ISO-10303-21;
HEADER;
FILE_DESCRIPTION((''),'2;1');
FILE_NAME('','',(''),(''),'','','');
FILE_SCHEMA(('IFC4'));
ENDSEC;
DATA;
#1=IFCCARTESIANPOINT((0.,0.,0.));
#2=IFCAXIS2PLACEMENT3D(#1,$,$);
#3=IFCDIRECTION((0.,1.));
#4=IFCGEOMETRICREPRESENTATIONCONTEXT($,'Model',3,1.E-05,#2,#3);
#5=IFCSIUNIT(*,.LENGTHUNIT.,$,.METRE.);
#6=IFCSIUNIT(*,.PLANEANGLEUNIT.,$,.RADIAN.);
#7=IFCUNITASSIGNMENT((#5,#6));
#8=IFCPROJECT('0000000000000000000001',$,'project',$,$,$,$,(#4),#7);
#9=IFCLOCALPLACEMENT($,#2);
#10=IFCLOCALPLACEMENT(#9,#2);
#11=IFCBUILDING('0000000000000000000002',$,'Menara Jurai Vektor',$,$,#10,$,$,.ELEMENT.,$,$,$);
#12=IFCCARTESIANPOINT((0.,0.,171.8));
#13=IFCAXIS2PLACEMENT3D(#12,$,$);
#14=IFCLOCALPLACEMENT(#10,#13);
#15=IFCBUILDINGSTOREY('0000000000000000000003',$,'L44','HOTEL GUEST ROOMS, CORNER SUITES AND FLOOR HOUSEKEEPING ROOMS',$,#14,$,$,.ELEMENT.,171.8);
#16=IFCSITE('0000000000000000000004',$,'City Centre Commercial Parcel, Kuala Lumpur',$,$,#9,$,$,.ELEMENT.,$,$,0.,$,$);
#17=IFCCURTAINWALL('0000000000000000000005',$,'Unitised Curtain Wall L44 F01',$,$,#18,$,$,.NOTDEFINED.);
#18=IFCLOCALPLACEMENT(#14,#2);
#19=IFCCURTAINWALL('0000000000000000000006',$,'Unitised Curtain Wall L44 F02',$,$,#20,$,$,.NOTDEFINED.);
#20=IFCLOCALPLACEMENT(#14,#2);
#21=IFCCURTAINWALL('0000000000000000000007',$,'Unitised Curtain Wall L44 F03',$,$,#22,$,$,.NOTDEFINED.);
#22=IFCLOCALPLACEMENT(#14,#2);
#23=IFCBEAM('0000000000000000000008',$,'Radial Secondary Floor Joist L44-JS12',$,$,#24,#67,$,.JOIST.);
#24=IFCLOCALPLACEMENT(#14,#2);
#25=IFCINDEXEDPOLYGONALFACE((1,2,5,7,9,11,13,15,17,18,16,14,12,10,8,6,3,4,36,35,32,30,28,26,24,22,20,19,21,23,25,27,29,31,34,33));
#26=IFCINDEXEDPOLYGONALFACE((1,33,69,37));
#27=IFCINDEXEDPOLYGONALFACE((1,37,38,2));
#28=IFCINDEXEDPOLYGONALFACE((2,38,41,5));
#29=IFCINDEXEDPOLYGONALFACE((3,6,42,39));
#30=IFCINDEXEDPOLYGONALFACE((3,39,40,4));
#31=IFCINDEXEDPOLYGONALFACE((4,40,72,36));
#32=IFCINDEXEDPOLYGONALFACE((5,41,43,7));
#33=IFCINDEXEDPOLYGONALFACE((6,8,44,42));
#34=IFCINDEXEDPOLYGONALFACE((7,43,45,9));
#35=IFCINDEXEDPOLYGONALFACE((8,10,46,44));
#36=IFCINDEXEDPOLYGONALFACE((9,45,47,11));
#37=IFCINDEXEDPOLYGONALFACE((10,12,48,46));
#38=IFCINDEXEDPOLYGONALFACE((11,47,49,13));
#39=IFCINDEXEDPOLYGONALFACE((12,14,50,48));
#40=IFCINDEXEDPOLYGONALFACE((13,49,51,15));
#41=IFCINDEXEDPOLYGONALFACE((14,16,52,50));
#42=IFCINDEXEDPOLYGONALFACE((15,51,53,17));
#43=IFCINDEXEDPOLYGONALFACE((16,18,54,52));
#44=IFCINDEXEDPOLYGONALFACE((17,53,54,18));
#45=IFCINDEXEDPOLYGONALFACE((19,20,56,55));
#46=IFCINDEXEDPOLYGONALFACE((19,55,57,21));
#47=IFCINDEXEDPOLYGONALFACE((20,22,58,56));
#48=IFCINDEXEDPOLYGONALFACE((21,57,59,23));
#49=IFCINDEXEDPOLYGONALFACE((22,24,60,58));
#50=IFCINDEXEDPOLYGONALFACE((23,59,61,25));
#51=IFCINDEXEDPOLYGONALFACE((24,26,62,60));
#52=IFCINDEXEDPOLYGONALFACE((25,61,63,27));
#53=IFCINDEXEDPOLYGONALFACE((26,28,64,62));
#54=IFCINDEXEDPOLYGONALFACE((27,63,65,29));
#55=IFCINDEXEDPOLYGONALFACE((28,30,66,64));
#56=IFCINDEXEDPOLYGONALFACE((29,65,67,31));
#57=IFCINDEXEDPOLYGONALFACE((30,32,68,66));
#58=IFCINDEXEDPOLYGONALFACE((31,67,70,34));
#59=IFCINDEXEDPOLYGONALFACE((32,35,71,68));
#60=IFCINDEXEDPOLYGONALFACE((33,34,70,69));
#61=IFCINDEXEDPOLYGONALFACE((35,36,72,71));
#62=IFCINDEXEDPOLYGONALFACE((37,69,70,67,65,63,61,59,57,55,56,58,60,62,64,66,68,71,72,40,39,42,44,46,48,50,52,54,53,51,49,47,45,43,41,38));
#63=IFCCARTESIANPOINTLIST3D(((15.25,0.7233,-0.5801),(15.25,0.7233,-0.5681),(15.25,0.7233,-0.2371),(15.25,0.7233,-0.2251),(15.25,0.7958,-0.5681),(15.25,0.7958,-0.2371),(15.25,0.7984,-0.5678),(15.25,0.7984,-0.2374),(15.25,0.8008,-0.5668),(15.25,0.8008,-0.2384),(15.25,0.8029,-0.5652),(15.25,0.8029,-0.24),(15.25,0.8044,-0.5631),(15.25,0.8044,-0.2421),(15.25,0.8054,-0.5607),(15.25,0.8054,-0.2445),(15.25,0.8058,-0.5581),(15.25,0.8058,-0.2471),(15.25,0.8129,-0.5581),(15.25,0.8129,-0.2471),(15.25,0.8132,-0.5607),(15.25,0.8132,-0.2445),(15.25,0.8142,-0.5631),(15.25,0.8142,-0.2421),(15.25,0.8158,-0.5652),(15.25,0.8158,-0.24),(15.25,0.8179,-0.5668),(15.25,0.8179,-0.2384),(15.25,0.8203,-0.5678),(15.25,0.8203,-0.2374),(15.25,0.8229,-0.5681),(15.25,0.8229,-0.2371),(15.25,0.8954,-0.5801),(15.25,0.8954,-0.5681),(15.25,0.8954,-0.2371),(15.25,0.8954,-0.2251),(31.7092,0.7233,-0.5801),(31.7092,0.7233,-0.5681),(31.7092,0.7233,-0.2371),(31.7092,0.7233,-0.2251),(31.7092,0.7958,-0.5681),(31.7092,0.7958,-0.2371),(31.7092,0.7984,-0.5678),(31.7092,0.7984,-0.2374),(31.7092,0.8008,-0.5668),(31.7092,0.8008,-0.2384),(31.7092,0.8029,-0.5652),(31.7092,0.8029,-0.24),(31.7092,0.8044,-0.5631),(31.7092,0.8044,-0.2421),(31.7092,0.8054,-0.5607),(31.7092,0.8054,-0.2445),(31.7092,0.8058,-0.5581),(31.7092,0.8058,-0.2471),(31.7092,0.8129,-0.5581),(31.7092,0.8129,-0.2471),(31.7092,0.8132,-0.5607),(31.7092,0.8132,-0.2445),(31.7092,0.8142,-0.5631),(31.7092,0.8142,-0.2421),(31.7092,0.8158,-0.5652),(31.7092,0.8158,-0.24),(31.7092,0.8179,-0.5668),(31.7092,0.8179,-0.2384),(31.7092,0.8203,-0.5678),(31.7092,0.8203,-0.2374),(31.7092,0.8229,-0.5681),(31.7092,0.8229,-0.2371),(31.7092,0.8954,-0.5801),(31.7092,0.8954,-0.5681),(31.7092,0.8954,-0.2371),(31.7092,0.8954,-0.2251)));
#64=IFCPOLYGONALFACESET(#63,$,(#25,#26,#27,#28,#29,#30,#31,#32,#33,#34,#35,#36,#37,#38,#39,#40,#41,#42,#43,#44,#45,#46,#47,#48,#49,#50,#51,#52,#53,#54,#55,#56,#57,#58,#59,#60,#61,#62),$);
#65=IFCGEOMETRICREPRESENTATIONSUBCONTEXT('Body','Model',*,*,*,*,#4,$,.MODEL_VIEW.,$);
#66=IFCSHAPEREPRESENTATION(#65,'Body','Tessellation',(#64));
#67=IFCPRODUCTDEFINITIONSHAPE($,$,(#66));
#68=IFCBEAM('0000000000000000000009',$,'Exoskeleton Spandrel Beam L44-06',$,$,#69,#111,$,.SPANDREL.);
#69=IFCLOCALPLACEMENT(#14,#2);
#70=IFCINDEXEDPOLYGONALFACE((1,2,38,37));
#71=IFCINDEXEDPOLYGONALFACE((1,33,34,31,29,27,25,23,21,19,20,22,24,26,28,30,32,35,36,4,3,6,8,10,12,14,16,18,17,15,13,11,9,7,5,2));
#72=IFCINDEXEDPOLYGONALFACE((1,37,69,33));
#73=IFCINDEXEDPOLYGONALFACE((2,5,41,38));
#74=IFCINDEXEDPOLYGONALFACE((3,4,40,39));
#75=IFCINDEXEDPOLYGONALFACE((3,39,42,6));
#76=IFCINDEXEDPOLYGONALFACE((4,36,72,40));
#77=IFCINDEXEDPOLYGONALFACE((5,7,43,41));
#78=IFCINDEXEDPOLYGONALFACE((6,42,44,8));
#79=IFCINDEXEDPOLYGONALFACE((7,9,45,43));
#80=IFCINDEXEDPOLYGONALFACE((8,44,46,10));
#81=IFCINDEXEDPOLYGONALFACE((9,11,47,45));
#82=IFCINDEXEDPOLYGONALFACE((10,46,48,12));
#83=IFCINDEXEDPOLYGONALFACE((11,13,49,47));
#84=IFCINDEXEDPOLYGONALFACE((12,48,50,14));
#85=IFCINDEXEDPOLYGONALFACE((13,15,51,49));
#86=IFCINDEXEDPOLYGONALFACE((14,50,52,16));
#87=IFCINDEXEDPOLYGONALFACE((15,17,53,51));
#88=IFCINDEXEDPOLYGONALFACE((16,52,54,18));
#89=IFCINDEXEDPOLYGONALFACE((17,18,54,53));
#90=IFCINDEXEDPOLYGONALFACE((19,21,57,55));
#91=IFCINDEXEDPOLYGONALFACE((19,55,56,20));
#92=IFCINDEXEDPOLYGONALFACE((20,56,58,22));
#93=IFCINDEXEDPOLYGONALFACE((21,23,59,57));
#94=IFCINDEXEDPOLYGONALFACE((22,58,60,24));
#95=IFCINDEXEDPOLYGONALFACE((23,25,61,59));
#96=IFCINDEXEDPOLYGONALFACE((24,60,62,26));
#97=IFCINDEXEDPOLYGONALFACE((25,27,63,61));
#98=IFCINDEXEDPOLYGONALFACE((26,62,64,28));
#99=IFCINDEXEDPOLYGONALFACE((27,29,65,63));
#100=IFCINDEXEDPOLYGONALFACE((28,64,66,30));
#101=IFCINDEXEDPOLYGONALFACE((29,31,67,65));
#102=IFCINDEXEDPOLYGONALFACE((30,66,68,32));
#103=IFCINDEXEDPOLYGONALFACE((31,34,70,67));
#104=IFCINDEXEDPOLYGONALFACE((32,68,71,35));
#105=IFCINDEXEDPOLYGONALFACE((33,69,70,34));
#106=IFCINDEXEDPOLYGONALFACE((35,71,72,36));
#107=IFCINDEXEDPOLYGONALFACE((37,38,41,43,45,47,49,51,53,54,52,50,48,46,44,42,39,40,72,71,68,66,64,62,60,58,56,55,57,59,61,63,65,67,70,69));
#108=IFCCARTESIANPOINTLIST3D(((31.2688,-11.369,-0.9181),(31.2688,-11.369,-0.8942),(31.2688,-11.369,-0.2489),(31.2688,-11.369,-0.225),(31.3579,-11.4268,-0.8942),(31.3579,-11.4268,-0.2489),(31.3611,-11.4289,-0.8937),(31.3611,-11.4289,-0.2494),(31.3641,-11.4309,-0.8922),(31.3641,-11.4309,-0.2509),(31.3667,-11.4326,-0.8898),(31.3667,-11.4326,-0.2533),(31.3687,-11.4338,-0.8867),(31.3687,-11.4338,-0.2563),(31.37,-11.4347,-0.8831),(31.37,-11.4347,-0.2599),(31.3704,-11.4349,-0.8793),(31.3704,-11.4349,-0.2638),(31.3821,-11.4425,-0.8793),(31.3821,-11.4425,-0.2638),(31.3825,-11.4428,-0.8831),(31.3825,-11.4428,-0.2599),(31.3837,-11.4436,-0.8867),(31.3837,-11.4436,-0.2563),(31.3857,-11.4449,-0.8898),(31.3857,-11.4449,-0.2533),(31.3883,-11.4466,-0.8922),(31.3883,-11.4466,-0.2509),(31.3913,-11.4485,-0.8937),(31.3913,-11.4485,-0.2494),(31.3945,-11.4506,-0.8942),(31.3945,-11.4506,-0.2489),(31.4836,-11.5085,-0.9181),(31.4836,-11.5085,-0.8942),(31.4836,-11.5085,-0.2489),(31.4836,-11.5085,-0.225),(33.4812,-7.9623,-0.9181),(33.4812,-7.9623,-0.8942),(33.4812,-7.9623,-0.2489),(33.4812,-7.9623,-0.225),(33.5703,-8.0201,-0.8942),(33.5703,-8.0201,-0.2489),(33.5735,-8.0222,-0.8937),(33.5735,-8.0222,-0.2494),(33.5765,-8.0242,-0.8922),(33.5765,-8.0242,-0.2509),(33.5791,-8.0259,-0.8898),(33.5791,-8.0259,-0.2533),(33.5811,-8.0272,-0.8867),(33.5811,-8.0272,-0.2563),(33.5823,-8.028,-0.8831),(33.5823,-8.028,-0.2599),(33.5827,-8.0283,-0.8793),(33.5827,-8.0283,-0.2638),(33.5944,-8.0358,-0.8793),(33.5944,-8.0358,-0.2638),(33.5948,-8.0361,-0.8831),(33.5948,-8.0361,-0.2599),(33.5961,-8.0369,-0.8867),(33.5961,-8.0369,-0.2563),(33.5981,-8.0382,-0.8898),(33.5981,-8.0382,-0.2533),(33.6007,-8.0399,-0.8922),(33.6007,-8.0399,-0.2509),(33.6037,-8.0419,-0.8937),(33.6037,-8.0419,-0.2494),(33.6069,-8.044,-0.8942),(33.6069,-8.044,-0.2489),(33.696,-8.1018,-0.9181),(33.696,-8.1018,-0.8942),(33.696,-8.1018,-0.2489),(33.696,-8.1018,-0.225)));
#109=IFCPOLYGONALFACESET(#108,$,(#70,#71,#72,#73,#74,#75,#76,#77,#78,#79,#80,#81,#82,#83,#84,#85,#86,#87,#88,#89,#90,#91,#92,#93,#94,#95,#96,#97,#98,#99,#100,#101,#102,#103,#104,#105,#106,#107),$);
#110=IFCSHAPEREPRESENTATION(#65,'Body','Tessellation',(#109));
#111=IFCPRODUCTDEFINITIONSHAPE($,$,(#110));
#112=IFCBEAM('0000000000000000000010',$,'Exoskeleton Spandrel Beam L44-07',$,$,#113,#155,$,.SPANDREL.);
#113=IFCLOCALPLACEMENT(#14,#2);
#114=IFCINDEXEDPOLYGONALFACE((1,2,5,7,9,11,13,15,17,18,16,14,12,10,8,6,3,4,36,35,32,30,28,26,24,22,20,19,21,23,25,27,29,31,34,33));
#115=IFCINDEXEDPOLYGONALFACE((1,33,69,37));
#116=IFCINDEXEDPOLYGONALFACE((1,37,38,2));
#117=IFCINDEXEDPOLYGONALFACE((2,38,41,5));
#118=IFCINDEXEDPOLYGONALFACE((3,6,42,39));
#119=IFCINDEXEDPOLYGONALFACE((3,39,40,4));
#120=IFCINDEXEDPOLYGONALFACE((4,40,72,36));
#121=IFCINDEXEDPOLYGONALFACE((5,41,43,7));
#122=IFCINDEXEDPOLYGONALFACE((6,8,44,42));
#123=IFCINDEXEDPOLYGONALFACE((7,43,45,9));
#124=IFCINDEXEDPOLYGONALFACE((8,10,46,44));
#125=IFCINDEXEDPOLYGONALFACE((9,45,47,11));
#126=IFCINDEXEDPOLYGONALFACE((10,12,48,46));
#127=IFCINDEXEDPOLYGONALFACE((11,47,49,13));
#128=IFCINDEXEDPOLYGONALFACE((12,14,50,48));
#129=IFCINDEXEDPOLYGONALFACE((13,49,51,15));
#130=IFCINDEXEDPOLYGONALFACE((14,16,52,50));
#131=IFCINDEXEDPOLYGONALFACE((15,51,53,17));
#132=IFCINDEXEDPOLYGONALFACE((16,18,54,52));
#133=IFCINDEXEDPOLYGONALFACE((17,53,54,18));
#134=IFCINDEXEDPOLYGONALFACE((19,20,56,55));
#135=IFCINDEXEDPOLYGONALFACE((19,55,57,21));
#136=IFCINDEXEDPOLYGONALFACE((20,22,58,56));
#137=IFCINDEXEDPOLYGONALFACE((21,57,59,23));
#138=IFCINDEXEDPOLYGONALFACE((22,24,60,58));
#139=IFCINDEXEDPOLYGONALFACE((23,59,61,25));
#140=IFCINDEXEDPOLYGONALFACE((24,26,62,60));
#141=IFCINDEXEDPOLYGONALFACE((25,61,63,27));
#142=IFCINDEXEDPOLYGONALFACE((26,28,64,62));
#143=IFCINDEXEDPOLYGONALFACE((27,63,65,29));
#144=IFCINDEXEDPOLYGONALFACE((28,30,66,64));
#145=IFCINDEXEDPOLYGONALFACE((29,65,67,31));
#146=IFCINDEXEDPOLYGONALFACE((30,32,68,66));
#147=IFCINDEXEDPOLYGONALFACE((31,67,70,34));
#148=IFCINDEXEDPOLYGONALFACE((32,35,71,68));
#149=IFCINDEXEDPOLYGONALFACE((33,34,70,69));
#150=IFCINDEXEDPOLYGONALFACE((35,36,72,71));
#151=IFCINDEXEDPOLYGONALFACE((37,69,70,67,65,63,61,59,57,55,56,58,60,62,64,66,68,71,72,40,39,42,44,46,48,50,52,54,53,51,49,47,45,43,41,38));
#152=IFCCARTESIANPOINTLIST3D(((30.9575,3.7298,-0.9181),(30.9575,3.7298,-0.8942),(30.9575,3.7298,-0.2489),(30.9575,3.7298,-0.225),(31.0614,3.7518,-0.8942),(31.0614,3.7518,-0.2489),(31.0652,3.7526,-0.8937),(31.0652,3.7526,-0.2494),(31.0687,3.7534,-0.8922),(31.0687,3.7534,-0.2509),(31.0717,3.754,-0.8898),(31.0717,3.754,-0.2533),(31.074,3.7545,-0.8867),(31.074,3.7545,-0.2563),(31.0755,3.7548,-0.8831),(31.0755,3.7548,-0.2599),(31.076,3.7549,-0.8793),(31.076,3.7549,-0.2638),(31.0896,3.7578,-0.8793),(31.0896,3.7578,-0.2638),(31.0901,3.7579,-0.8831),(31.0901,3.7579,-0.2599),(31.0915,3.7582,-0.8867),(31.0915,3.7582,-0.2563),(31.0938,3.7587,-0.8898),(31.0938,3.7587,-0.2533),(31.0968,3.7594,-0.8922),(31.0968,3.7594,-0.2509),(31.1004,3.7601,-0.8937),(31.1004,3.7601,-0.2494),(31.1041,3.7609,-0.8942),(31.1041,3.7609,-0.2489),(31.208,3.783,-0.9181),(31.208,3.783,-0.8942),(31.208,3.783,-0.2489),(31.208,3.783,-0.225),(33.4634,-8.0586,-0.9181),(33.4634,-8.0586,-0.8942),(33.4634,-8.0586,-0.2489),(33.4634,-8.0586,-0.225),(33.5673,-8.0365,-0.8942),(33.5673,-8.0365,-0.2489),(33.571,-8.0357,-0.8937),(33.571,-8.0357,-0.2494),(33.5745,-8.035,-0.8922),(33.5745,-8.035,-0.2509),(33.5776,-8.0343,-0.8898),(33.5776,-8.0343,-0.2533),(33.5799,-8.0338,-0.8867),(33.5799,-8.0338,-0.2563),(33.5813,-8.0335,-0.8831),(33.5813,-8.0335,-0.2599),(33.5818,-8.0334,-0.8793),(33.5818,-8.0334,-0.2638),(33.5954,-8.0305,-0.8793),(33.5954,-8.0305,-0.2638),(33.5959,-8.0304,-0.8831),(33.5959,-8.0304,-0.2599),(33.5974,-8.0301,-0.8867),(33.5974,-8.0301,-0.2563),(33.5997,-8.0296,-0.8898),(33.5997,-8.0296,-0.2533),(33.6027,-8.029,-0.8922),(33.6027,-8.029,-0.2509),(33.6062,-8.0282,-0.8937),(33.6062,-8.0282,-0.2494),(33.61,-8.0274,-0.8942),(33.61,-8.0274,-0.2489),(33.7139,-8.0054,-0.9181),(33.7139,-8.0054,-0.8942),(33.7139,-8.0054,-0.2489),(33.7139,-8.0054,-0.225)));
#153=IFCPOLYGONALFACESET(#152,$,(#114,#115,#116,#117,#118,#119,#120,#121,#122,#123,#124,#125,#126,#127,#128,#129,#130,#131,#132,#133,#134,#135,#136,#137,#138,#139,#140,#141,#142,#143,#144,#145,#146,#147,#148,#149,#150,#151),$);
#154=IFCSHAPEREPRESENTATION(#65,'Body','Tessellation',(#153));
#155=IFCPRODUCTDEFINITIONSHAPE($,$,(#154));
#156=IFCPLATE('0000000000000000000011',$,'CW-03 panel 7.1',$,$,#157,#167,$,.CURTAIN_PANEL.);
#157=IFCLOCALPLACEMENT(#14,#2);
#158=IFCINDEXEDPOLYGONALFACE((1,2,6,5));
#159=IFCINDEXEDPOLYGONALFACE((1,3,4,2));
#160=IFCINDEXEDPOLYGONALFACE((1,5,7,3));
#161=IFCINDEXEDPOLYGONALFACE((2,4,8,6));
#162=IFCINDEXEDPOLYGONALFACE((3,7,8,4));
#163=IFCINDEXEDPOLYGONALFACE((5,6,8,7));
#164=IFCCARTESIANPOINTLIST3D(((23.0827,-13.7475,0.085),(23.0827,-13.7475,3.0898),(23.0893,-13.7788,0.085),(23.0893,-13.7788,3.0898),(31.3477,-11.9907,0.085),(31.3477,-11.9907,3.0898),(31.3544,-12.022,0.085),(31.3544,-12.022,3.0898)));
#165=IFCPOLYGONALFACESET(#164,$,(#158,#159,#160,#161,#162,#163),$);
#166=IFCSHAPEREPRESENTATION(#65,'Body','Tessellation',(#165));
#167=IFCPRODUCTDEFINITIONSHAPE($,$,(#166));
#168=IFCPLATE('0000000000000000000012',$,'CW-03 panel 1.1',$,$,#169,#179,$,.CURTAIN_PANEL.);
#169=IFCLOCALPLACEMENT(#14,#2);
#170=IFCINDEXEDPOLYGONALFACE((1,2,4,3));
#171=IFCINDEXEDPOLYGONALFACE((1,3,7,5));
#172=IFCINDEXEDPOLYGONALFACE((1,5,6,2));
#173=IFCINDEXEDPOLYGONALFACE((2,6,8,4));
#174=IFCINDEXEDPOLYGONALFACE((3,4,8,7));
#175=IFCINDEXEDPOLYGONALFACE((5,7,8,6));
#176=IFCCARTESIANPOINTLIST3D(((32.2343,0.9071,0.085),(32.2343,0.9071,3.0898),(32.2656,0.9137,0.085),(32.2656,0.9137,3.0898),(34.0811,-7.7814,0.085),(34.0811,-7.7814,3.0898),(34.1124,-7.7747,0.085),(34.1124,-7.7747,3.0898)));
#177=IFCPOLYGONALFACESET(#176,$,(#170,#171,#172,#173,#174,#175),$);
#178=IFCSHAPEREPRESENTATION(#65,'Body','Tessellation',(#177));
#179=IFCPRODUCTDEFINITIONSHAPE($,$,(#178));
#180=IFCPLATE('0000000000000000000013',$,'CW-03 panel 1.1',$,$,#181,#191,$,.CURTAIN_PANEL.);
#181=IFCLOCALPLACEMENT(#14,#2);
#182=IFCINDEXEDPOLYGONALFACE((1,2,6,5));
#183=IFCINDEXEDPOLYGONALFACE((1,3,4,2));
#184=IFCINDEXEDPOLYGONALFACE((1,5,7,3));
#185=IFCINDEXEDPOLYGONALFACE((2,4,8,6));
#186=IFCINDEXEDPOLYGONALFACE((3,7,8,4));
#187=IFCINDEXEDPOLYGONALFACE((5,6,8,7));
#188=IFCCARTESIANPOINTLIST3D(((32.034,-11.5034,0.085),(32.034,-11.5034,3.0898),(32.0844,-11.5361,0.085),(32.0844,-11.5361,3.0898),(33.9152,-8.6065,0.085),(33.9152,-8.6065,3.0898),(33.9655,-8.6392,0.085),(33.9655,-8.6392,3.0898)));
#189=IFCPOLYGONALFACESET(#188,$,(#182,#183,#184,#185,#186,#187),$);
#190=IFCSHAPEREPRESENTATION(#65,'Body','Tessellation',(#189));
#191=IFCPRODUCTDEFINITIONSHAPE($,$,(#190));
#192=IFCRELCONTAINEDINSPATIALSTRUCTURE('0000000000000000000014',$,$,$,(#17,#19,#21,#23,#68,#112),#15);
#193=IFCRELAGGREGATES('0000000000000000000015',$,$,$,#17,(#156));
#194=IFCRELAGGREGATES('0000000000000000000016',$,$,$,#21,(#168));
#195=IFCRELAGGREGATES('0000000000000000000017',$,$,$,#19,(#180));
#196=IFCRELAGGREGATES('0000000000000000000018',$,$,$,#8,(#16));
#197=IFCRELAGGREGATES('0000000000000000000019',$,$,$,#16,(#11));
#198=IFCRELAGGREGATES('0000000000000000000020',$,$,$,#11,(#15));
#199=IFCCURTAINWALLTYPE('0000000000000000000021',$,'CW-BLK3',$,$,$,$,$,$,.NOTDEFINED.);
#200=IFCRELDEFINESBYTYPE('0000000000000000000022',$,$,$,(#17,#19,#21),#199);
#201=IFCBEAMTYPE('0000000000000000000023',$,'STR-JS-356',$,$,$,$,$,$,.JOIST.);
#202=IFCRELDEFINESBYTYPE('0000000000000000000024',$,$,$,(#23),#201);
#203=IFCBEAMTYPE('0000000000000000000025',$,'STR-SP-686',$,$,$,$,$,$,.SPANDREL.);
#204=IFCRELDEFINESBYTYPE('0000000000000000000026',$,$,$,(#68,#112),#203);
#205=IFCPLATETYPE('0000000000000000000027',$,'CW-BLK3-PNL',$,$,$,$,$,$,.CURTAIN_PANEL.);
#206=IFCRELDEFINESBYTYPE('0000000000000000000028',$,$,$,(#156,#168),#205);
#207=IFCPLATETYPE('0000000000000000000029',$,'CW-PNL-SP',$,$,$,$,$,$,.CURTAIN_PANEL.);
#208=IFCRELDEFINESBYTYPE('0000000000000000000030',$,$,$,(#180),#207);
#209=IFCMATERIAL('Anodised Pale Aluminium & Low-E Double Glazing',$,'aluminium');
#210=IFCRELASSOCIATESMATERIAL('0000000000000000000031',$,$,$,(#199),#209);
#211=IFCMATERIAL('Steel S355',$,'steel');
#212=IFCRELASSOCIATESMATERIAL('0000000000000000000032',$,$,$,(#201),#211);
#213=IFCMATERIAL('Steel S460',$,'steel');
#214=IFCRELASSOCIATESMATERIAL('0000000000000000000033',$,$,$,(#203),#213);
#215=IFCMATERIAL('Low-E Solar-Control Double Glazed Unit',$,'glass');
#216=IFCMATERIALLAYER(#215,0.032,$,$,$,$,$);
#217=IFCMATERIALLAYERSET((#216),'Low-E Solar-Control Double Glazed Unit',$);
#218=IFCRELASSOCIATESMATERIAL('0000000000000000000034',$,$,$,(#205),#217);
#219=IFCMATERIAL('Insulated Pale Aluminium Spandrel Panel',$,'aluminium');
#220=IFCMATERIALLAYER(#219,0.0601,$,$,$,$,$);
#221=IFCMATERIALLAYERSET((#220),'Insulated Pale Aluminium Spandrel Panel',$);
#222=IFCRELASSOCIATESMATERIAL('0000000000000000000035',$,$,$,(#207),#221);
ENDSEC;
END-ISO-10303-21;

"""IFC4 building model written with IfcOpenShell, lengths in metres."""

from ifc_helpers import new_model, si_unit, direction, frame, origin, origin_2d, place, context, subcontext, project, spatial, rectangle, i_section, extrude, material, layer, layer_set, material_profile, profile_set, type_object, element, aggregate, save


model = new_model("IFC4")

# Units and contexts
model_context = context("Model", 3, precision=1e-05, world=origin(), true_north=direction((0.0, 1.0)))
body_context = subcontext(model_context, "Body", "Model", "MODEL_VIEW")
ifc_project = project(units=[si_unit("LENGTHUNIT", "METRE"), si_unit("PLANEANGLEUNIT", "RADIAN")], contexts=[model_context])

# Site, building, storey
site_placement = place(None, origin())
site = spatial("IfcSite", under=ifc_project, at=site_placement, Name="City Centre Commercial Parcel, Kuala Lumpur", CompositionType="ELEMENT", RefElevation=0.0)
building_placement = place(site_placement, origin())
building = spatial("IfcBuilding", under=site, at=building_placement, Name="Menara Jurai Vektor", CompositionType="ELEMENT")
storey_placement = place(building_placement, frame((0.0, 0.0, 171.8)))
storey = spatial("IfcBuildingStorey", under=building, at=storey_placement, Name="L44", Description="HOTEL GUEST ROOMS, CORNER SUITES AND FLOOR HOUSEKEEPING ROOMS", CompositionType="ELEMENT", Elevation=171.8)

# Shared definitions
ifc_material_1 = material(Name="Steel S460", Category="steel")

# Curtain wall
ifc_material_2 = material(Name="Anodised Pale Aluminium & Low-E Double Glazing", Category="aluminium")
curtain_wall_type = type_object("IfcCurtainWallType", Name="CW-BLK3", PredefinedType="NOTDEFINED", material=ifc_material_2)
curtain_wall_1_placement = place(storey_placement, origin())
curtain_wall_1 = element("IfcCurtainWall", 1, at=curtain_wall_1_placement, inside=storey, type_object=curtain_wall_type, Name="Unitised Curtain Wall L44 F01", PredefinedType="NOTDEFINED")

# Curtain walls
curtain_wall_2_placement = place(storey_placement, origin())
curtain_wall_2 = element("IfcCurtainWall", 2, at=curtain_wall_2_placement, inside=storey, type_object=curtain_wall_type, Name="Unitised Curtain Wall L44 F02", PredefinedType="NOTDEFINED")
curtain_wall_3_placement = place(storey_placement, origin())
curtain_wall_3 = element("IfcCurtainWall", 3, at=curtain_wall_3_placement, inside=storey, type_object=curtain_wall_type, Name="Unitised Curtain Wall L44 F03", PredefinedType="NOTDEFINED")

# Shared definitions
ifc_material_3 = material(Name="Steel S355", Category="steel")

# Beams
ifc_material_profile_1 = material_profile(ifc_material_3, i_section(OverallWidth=0.1721, OverallDepth=0.355, WebThickness=0.0071, FlangeThickness=0.012, FilletRadius=0.01, at=origin_2d()), Name="UKB 356x171x51")
ifc_profile_set_1 = profile_set([ifc_material_profile_1], Name="Steel S355")
beam_type_1 = type_object("IfcBeamType", Name="STR-JS-356", PredefinedType="JOIST", material=ifc_profile_set_1)
beam_1_placement = place(storey_placement, frame((31.7092, 0.8093, -0.4026), z_axis=(-1.0, 0.0, 0.0), x_axis=(0.0, -1.0, 0.0)))
element("IfcBeam", 4, at=beam_1_placement, inside=storey, type_object=beam_type_1, Name="Radial Secondary Floor Joist L44-JS12", PredefinedType="JOIST", context=body_context, shape_type="SweptSolid", body=[
    extrude(i_section(OverallWidth=0.1721, OverallDepth=0.355, WebThickness=0.0071, FlangeThickness=0.012, FilletRadius=0.01, at=origin_2d()), origin(), (0.0, 0.0, 1.0), 16.4592),
])
ifc_material_profile_2 = material_profile(ifc_material_1, i_section(OverallWidth=0.2561, OverallDepth=0.6931, WebThickness=0.0139, FlangeThickness=0.0239, FilletRadius=0.0149, at=origin_2d()), Name="UKB 686x254x170")
ifc_profile_set_2 = profile_set([ifc_material_profile_2], Name="Steel S460")
beam_type_2 = type_object("IfcBeamType", Name="STR-SP-686", PredefinedType="SPANDREL", material=ifc_profile_set_2)
beam_2_placement = place(storey_placement, frame((31.3762, -11.4387, -0.5715), z_axis=(0.544646, 0.838666, 0.0), x_axis=(-0.838666, 0.544646, 0.0)))
element("IfcBeam", 5, at=beam_2_placement, inside=storey, type_object=beam_type_2, Name="Exoskeleton Spandrel Beam L44-06", PredefinedType="SPANDREL", context=body_context, shape_type="SweptSolid", body=[
    extrude(i_section(OverallWidth=0.2561, OverallDepth=0.6931, WebThickness=0.0139, FlangeThickness=0.0239, FilletRadius=0.0149, at=origin_2d()), origin(), (0.0, 0.0, 1.0), 4.062),
])
beam_3_placement = place(storey_placement, frame((33.5886, -8.032, -0.5715), z_axis=(-0.207925, 0.978145, 0.0), x_axis=(-0.978145, -0.207925, 0.0)))
element("IfcBeam", 6, at=beam_3_placement, inside=storey, type_object=beam_type_2, Name="Exoskeleton Spandrel Beam L44-07", PredefinedType="SPANDREL", context=body_context, shape_type="SweptSolid", body=[
    extrude(i_section(OverallWidth=0.2561, OverallDepth=0.6931, WebThickness=0.0139, FlangeThickness=0.0239, FilletRadius=0.0149, at=origin_2d()), origin(), (0.0, 0.0, 1.0), 12.0518),
])

# Plates
ifc_material_4 = material(Name="Low-E Solar-Control Double Glazed Unit", Category="glass")
ifc_layer_1 = layer(ifc_material_4, 0.032)
ifc_layer_set_1 = layer_set([ifc_layer_1], Name="Low-E Solar-Control Double Glazed Unit")
plate_type_1 = type_object("IfcPlateType", Name="CW-BLK3-PNL", PredefinedType="CURTAIN_PANEL", material=ifc_layer_set_1)
plate_1_placement = place(storey_placement, frame((27.2185, -12.8848, 0.085), z_axis=(0.0, 0.0, 1.0), x_axis=(0.978148, 0.207911, 0.0)))
plate_1 = element("IfcPlate", 7, at=plate_1_placement, type_object=plate_type_1, Name="CW-03 panel 7.1", PredefinedType="CURTAIN_PANEL", context=body_context, shape_type="SweptSolid", body=[
    extrude(rectangle(XDim=8.4497, YDim=0.032, at=origin_2d()), origin(), (0.0, 0.0, 1.0), 3.0049),
])
aggregate(curtain_wall_1, [plate_1])
plate_2_placement = place(storey_placement, frame((33.1733, -3.4338, 0.085), z_axis=(0.0, 0.0, 1.0), x_axis=(-0.20791, 0.978148, 0.0)))
plate_2 = element("IfcPlate", 8, at=plate_2_placement, type_object=plate_type_1, Name="CW-03 panel 1.1", PredefinedType="CURTAIN_PANEL", context=body_context, shape_type="SweptSolid", body=[
    extrude(rectangle(XDim=8.8826, YDim=0.032, at=origin_2d()), origin(), (0.0, 0.0, 1.0), 3.0049),
])
aggregate(curtain_wall_3, [plate_2])
ifc_material_5 = material(Name="Insulated Pale Aluminium Spandrel Panel", Category="aluminium")
ifc_layer_2 = layer(ifc_material_5, 0.0601)
ifc_layer_set_2 = layer_set([ifc_layer_2], Name="Insulated Pale Aluminium Spandrel Panel")
plate_type_2 = type_object("IfcPlateType", Name="CW-PNL-SP", PredefinedType="CURTAIN_PANEL", material=ifc_layer_set_2)
plate_3_placement = place(storey_placement, frame((32.9998, -10.0713, 0.085), z_axis=(0.0, 0.0, 1.0), x_axis=(0.544618, 0.838684, 0.0)))
plate_3 = element("IfcPlate", 9, at=plate_3_placement, type_object=plate_type_2, Name="CW-03 panel 1.1", PredefinedType="CURTAIN_PANEL", context=body_context, shape_type="SweptSolid", body=[
    extrude(rectangle(XDim=3.4541, YDim=0.0601, at=origin_2d()), origin(), (0.0, 0.0, 1.0), 3.0049),
])
aggregate(curtain_wall_2, [plate_3])

save(model, "model.ifc")
